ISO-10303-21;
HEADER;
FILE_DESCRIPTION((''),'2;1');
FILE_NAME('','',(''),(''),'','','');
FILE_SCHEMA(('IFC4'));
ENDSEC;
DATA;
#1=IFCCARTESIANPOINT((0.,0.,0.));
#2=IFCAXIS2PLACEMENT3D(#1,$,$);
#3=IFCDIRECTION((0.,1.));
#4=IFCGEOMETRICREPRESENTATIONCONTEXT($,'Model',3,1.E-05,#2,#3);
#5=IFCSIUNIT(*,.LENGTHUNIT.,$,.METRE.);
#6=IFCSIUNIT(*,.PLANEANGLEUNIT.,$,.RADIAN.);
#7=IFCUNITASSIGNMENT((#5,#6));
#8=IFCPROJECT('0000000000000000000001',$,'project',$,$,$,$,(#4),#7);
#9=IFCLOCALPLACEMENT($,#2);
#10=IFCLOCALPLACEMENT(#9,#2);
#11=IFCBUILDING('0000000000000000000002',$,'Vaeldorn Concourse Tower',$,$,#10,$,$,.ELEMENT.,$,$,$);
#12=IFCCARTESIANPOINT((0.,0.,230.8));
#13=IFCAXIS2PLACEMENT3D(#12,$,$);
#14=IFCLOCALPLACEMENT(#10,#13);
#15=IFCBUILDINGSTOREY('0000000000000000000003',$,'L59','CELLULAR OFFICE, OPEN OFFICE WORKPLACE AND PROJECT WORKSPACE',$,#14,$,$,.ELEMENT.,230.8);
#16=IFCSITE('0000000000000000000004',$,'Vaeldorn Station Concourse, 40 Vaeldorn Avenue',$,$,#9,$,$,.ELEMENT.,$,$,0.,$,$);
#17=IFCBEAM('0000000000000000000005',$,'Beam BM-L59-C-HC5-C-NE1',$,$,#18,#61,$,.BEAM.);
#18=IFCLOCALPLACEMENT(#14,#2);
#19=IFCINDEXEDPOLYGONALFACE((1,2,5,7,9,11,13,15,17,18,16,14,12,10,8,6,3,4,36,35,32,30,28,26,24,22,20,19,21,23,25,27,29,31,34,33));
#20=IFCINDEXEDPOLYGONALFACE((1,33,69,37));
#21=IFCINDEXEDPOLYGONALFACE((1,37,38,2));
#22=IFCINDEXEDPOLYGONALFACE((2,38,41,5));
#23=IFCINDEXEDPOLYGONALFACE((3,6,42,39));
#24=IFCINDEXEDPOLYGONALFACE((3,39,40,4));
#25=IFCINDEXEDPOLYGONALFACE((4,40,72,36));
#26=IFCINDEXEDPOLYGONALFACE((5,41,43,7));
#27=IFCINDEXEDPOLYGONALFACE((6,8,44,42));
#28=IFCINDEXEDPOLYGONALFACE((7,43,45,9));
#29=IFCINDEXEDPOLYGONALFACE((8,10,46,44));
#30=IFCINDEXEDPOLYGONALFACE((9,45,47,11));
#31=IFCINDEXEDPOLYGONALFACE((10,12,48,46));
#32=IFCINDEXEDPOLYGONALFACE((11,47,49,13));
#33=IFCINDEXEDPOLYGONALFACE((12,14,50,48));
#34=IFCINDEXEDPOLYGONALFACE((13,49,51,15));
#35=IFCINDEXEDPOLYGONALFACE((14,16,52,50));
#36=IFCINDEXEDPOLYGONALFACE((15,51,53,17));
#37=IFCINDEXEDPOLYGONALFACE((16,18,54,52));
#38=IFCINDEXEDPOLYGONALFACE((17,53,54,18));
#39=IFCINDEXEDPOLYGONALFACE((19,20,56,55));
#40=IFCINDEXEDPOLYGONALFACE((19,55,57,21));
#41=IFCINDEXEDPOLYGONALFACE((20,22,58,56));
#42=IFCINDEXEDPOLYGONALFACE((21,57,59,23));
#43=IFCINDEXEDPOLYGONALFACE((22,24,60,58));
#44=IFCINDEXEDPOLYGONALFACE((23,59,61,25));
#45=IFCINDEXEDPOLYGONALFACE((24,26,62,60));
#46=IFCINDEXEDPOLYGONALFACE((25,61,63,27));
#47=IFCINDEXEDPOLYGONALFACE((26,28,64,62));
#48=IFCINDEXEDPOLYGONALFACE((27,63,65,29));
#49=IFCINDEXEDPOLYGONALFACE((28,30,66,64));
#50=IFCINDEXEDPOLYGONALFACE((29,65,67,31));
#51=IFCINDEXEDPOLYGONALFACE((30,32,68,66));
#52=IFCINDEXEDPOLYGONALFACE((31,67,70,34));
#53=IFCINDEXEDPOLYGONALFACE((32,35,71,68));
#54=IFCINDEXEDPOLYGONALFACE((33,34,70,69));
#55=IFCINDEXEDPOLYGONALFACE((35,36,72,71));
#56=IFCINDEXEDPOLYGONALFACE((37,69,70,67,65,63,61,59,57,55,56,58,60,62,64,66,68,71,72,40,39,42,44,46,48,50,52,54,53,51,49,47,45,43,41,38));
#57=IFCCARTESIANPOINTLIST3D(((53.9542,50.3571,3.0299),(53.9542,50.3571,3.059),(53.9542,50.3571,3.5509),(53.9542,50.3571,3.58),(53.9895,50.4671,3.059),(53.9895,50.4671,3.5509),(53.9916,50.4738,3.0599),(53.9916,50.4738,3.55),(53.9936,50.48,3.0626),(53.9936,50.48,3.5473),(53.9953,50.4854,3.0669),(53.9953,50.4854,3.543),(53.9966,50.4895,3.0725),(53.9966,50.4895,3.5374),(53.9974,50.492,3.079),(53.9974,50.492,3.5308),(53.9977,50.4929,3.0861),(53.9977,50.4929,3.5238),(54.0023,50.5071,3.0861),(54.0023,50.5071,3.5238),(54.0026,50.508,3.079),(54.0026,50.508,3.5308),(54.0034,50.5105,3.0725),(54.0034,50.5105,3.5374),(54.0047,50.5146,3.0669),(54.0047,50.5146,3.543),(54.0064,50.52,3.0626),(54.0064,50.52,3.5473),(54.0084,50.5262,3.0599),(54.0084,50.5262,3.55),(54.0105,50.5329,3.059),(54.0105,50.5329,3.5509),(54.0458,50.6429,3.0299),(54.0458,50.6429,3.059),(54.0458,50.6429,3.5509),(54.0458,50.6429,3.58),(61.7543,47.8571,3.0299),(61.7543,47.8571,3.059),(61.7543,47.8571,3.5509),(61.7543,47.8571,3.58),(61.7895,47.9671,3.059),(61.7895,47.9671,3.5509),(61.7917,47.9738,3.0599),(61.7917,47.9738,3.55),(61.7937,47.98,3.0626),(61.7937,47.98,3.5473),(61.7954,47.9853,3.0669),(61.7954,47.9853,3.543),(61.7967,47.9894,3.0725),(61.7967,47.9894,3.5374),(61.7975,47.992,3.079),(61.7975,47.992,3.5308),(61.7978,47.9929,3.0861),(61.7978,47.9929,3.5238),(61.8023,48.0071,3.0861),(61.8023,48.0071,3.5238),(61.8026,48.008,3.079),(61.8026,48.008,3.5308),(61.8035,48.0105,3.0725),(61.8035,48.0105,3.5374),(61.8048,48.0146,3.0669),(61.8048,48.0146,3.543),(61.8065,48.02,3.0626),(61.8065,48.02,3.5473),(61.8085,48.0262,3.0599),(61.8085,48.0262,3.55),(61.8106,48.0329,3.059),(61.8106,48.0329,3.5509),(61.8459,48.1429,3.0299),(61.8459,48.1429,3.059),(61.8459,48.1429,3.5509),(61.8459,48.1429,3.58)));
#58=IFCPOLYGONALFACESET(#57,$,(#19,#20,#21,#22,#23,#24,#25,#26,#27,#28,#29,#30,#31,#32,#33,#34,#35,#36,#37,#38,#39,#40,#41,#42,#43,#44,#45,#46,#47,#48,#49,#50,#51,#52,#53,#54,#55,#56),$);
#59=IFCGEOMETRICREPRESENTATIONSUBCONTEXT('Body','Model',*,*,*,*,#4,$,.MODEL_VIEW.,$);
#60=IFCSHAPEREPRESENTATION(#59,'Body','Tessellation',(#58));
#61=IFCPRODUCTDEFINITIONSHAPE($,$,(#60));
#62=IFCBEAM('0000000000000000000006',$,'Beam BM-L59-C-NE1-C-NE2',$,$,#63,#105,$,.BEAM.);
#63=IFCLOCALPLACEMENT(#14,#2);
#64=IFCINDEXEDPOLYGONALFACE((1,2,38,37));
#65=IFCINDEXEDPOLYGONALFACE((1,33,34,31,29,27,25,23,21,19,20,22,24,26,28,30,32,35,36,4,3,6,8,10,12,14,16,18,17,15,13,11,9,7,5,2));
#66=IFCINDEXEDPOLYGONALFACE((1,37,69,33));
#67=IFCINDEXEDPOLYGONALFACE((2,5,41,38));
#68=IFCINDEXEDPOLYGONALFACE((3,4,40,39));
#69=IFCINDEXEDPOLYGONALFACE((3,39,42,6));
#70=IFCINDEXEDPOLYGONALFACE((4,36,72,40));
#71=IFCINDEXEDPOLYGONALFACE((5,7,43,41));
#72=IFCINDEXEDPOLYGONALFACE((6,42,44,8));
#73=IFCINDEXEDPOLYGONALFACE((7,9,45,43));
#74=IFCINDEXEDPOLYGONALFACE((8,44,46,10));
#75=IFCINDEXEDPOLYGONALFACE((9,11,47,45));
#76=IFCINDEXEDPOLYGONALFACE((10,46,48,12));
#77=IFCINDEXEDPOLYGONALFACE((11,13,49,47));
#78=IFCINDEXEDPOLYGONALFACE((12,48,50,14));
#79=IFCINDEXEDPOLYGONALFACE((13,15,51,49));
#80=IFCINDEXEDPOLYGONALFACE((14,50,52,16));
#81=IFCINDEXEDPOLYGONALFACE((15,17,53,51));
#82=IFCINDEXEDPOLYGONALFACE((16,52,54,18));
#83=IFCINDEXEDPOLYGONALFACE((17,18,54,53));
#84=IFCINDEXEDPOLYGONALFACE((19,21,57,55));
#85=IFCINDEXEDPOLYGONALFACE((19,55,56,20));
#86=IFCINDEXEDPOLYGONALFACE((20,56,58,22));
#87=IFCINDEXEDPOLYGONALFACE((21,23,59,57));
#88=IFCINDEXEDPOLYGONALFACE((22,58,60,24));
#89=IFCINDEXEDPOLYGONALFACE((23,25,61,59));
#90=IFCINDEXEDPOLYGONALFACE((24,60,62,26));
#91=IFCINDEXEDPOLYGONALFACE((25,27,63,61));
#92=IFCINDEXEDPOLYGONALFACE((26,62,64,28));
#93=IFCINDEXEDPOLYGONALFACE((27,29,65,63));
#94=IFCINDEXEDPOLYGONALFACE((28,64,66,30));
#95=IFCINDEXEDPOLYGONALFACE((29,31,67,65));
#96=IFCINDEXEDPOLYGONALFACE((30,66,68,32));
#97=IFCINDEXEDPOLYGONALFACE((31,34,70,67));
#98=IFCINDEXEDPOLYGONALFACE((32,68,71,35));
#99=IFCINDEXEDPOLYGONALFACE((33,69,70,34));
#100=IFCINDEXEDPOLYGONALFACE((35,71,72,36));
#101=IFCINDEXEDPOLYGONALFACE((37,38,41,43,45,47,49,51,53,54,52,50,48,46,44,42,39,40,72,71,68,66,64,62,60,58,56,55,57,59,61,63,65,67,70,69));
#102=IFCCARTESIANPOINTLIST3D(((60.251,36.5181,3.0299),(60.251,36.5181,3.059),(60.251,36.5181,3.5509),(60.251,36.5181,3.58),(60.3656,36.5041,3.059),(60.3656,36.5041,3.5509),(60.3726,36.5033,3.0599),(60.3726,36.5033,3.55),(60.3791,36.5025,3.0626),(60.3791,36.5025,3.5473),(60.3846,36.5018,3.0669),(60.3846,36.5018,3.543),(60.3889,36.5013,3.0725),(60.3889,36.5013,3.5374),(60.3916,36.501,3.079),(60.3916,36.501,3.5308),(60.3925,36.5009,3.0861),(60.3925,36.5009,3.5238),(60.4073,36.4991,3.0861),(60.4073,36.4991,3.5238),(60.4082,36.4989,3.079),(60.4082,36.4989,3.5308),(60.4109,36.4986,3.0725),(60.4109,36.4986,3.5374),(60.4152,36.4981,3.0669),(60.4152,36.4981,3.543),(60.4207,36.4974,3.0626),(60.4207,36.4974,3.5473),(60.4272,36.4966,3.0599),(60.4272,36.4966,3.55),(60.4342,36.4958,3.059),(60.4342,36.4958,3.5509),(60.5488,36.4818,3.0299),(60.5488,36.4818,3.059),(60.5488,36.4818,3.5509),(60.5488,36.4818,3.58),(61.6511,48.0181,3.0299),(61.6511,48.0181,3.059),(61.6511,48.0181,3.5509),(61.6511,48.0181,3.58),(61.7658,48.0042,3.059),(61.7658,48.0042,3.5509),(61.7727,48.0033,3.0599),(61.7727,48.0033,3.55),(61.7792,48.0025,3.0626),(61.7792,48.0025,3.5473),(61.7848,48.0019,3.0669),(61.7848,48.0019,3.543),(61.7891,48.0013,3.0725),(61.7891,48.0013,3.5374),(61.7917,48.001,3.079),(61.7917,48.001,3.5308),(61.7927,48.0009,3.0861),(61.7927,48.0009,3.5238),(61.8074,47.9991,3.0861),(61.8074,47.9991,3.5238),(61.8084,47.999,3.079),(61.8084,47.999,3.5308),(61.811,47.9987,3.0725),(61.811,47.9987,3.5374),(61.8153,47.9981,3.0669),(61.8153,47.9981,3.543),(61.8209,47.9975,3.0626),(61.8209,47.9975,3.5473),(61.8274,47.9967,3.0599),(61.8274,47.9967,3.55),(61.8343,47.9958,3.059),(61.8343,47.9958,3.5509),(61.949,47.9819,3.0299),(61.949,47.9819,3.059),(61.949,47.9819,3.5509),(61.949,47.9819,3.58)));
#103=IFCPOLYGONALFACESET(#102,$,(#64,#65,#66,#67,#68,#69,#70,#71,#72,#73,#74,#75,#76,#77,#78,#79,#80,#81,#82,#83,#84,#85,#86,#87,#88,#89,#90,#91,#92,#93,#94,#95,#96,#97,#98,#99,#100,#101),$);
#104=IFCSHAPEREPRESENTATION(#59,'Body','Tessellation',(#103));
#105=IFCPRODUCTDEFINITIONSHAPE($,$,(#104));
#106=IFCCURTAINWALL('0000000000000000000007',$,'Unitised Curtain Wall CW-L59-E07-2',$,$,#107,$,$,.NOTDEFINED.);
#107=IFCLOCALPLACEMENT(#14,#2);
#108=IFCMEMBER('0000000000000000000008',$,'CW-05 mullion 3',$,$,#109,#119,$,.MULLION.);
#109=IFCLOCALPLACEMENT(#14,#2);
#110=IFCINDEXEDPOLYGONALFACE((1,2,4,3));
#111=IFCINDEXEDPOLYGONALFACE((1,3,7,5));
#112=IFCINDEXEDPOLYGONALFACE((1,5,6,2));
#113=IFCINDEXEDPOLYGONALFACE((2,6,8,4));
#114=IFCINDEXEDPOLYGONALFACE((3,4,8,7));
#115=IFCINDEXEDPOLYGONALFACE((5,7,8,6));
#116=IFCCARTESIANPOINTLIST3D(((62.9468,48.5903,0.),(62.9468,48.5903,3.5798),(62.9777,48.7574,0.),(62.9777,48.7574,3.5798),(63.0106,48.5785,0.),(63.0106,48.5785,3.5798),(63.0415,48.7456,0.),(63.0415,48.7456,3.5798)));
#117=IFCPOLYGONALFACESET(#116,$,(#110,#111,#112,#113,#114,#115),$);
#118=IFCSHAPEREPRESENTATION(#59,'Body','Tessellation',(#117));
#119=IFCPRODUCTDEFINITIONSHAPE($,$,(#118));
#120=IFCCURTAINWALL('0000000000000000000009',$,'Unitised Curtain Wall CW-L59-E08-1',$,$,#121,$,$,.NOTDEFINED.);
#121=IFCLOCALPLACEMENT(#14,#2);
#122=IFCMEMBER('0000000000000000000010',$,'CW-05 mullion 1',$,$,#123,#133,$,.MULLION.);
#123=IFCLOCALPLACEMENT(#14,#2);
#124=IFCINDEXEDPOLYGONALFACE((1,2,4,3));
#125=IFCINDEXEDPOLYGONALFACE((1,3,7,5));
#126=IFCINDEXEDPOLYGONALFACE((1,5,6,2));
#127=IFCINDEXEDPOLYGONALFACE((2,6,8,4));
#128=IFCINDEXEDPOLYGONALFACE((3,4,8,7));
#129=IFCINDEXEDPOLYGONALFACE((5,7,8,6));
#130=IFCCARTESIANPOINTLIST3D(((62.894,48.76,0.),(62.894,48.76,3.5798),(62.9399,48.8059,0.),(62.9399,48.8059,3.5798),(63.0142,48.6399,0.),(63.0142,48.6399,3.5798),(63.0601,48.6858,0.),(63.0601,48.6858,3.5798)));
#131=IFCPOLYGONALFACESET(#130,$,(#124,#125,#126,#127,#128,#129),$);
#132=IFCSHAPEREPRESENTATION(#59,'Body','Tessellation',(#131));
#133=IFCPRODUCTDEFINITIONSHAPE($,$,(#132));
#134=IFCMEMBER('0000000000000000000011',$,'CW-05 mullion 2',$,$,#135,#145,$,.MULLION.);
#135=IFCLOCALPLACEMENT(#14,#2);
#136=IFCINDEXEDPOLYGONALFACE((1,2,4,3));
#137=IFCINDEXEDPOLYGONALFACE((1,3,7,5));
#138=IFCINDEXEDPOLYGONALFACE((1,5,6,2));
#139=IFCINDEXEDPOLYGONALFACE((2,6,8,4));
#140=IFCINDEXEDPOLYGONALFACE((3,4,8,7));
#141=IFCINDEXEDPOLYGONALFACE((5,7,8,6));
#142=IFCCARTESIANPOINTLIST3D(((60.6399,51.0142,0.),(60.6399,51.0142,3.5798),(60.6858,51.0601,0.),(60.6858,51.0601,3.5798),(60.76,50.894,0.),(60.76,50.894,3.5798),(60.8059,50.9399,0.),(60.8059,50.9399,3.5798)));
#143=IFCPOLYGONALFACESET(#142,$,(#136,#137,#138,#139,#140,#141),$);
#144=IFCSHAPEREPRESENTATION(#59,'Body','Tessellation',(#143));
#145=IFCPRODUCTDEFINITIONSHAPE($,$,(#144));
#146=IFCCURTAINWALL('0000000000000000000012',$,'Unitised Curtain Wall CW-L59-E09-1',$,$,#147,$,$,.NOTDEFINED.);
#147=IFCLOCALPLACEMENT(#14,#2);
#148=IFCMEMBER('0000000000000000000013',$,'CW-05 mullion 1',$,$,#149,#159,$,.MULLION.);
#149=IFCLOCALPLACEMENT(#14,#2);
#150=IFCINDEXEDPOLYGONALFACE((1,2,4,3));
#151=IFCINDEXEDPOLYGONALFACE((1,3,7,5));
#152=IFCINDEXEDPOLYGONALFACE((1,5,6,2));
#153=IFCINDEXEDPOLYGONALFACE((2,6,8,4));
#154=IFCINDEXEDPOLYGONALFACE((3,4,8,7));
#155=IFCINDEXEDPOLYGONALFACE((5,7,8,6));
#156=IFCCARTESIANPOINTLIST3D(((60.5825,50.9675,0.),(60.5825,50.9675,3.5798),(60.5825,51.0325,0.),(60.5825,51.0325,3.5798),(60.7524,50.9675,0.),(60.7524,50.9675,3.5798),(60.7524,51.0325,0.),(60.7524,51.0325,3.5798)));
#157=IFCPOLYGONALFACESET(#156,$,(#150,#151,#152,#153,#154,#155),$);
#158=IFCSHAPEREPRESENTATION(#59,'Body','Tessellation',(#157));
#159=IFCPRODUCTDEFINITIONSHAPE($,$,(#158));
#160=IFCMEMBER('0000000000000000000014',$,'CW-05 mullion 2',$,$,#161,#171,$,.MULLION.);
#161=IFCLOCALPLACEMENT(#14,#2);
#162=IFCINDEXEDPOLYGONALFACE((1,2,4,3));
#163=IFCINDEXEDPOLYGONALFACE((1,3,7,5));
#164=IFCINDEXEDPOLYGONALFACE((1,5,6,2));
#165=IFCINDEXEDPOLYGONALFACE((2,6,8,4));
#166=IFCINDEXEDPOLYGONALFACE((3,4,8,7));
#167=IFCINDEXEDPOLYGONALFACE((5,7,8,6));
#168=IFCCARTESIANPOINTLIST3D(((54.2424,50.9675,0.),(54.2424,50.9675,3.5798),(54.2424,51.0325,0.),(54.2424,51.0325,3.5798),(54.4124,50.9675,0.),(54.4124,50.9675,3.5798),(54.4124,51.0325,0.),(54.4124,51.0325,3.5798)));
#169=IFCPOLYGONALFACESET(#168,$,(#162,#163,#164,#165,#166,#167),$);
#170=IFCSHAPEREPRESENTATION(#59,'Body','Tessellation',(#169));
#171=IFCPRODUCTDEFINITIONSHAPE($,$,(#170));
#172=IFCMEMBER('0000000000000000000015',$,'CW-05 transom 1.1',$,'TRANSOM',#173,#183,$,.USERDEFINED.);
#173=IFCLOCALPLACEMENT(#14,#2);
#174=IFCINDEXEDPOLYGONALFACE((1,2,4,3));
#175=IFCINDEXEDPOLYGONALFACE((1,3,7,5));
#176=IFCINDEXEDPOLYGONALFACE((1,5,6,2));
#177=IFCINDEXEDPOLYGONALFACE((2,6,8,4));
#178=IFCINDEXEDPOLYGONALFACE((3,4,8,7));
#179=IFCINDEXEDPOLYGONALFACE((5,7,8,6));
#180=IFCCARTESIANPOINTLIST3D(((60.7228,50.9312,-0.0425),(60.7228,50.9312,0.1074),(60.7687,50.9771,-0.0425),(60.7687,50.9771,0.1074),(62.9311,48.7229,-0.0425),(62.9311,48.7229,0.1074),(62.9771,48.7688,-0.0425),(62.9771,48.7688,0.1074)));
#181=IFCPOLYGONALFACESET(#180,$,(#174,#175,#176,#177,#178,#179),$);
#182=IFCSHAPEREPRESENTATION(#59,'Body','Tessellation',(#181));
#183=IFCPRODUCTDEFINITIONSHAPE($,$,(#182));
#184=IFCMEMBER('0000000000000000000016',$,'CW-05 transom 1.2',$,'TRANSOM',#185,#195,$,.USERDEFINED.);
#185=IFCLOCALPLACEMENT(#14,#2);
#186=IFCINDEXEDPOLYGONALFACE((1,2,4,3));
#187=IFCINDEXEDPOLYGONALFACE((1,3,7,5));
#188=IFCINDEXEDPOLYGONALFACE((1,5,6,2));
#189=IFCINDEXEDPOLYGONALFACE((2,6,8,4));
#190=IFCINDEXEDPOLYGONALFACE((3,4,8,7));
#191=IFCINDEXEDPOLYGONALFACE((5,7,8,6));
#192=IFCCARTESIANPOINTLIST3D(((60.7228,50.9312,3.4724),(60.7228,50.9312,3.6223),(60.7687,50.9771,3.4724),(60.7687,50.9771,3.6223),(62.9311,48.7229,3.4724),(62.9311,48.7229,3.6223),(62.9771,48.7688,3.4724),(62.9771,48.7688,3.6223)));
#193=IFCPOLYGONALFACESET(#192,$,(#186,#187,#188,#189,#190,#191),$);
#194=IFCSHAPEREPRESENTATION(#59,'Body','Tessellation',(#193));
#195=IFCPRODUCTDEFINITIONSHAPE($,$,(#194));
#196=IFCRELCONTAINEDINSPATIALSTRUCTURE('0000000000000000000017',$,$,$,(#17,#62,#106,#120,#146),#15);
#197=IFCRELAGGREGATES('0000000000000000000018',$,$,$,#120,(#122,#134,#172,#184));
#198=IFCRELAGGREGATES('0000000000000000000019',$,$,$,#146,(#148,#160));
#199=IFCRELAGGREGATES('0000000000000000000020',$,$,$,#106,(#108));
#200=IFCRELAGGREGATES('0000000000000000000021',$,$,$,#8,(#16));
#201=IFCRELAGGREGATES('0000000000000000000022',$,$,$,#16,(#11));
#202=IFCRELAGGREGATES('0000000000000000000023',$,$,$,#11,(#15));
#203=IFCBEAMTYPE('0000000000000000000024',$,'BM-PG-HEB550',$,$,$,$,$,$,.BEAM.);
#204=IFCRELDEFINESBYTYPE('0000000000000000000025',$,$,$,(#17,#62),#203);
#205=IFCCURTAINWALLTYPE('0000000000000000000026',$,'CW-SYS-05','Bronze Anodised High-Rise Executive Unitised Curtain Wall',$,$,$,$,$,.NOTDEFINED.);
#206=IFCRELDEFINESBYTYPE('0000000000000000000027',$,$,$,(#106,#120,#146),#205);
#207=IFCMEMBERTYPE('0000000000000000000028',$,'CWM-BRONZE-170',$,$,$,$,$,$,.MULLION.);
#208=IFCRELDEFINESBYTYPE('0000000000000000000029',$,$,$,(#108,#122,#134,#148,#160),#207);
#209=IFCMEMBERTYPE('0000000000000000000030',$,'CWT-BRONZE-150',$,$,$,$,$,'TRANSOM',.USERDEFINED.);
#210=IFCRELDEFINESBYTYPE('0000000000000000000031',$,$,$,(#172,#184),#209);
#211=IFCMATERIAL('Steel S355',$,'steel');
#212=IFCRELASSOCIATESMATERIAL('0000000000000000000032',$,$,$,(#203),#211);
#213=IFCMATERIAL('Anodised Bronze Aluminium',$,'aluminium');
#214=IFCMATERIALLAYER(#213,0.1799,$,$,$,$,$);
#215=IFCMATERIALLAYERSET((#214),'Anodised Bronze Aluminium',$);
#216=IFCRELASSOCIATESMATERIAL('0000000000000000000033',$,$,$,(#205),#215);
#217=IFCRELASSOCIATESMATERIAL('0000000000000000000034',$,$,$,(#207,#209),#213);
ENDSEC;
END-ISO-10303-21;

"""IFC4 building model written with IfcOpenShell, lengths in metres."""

from ifc_helpers import new_model, si_unit, direction, frame, origin, origin_2d, place, context, subcontext, project, spatial, rectangle, i_section, extrude, source, transform, mapped, material, layer, layer_set, material_profile, profile_set, type_object, element, aggregate, save


model = new_model("IFC4")

# Units and contexts
model_context = context("Model", 3, precision=1e-05, world=origin(), true_north=direction((0.0, 1.0)))
body_context = subcontext(model_context, "Body", "Model", "MODEL_VIEW")
ifc_project = project(units=[si_unit("LENGTHUNIT", "METRE"), si_unit("PLANEANGLEUNIT", "RADIAN")], contexts=[model_context])

# Site, building, storey
site_placement = place(None, origin())
site = spatial("IfcSite", under=ifc_project, at=site_placement, Name="Vaeldorn Station Concourse, 40 Vaeldorn Avenue", CompositionType="ELEMENT", RefElevation=0.0)
building_placement = place(site_placement, origin())
building = spatial("IfcBuilding", under=site, at=building_placement, Name="Vaeldorn Concourse Tower", CompositionType="ELEMENT")
storey_placement = place(building_placement, frame((0.0, 0.0, 230.8)))
storey = spatial("IfcBuildingStorey", under=building, at=storey_placement, Name="L59", Description="CELLULAR OFFICE, OPEN OFFICE WORKPLACE AND PROJECT WORKSPACE", CompositionType="ELEMENT", Elevation=230.8)

# Shared definitions
ifc_material_1 = material(Name="Steel S355", Category="steel")

# Beams
ifc_material_profile_1 = material_profile(ifc_material_1, i_section(OverallWidth=0.3, OverallDepth=0.55, WebThickness=0.0149, FlangeThickness=0.0291, FilletRadius=0.0271, at=origin_2d()), Name="HEB 550")
ifc_profile_set_1 = profile_set([ifc_material_profile_1], Name="Steel S355")
beam_type_1 = type_object("IfcBeamType", Name="BM-PG-HEB550", PredefinedType="BEAM", material=ifc_profile_set_1)
shared_shape_1 = source(origin(), body_context, "Body", "SweptSolid", [
    extrude(i_section(OverallWidth=0.3, OverallDepth=0.55, WebThickness=0.0149, FlangeThickness=0.0291, FilletRadius=0.0271, at=origin_2d()), origin(), (0.0, 0.0, 1.0), 8.1909),
])
beam_1_placement = place(storey_placement, frame((54.0, 50.5, 3.3049), z_axis=(0.952283, -0.305217, 0.0), x_axis=(0.305217, 0.952283, 0.0)))
element("IfcBeam", 1, at=beam_1_placement, inside=storey, type_object=beam_type_1, Name="Beam BM-L59-C-HC5-C-NE1", PredefinedType="BEAM", context=body_context, shape_type="MappedRepresentation", body=[
    mapped(shared_shape_1, transform((0.0, 0.0, 0.0), scale=1.0)),
])
shared_shape_2 = source(origin(), body_context, "Body", "SweptSolid", [
    extrude(i_section(OverallWidth=0.3, OverallDepth=0.55, WebThickness=0.0149, FlangeThickness=0.0291, FilletRadius=0.0271, at=origin_2d()), origin(), (0.0, 0.0, 1.0), 11.585),
])
beam_2_placement = place(storey_placement, frame((61.8, 48.0, 3.3049), z_axis=(-0.120859, -0.99267, 0.0), x_axis=(0.99267, -0.120859, 0.0)))
element("IfcBeam", 2, at=beam_2_placement, inside=storey, type_object=beam_type_1, Name="Beam BM-L59-C-NE1-C-NE2", PredefinedType="BEAM", context=body_context, shape_type="MappedRepresentation", body=[
    mapped(shared_shape_2, transform((0.0, 0.0, 0.0), scale=1.0)),
])

# Curtain wall, member
ifc_material_2 = material(Name="Anodised Bronze Aluminium", Category="aluminium")
ifc_layer_1 = layer(ifc_material_2, 0.1799)
ifc_layer_set_1 = layer_set([ifc_layer_1], Name="Anodised Bronze Aluminium")
curtain_wall_type = type_object("IfcCurtainWallType", Name="CW-SYS-05", Description="Bronze Anodised High-Rise Executive Unitised Curtain Wall", PredefinedType="NOTDEFINED", material=ifc_layer_set_1)
curtain_wall_1_placement = place(storey_placement, origin())
curtain_wall_1 = element("IfcCurtainWall", 3, at=curtain_wall_1_placement, inside=storey, type_object=curtain_wall_type, Name="Unitised Curtain Wall CW-L59-E07-2", PredefinedType="NOTDEFINED")
ifc_material_profile_2 = material_profile(ifc_material_2, rectangle(XDim=0.0649, YDim=0.1699, at=origin_2d()), Name="CWM 65x170")
ifc_profile_set_2 = profile_set([ifc_material_profile_2], Name="Anodised Bronze Aluminium")
member_type_1 = type_object("IfcMemberType", Name="CWM-BRONZE-170", PredefinedType="MULLION", material=ifc_profile_set_2)
shared_shape_3 = source(origin(), body_context, "Body", "SweptSolid", [
    extrude(rectangle(XDim=0.0649, YDim=0.1699, at=origin_2d()), origin(), (0.0, 0.0, 1.0), 3.5798),
])
member_1_placement = place(storey_placement, frame((62.9941, 48.668, 0.0), z_axis=(0.0, 0.0, 1.0), x_axis=(-0.983319, 0.181888, 0.0)))
member_1 = element("IfcMember", 4, at=member_1_placement, type_object=member_type_1, Name="CW-05 mullion 3", PredefinedType="MULLION", context=body_context, shape_type="MappedRepresentation", body=[
    mapped(shared_shape_3, transform((0.0, 0.0, 0.0), scale=1.0)),
])

# Curtain walls, members
curtain_wall_2_placement = place(storey_placement, origin())
curtain_wall_2 = element("IfcCurtainWall", 5, at=curtain_wall_2_placement, inside=storey, type_object=curtain_wall_type, Name="Unitised Curtain Wall CW-L59-E08-1", PredefinedType="NOTDEFINED")
member_2_placement = place(storey_placement, frame((62.9771, 48.7229, 0.0), z_axis=(0.0, 0.0, 1.0), x_axis=(-0.707107, -0.707107, 0.0)))
member_2 = element("IfcMember", 6, at=member_2_placement, type_object=member_type_1, Name="CW-05 mullion 1", PredefinedType="MULLION", context=body_context, shape_type="MappedRepresentation", body=[
    mapped(shared_shape_3, transform((0.0, 0.0, 0.0), scale=1.0)),
])
member_3_placement = place(storey_placement, frame((60.7229, 50.9771, 0.0), z_axis=(0.0, 0.0, 1.0), x_axis=(-0.707107, -0.707107, 0.0)))
member_3 = element("IfcMember", 7, at=member_3_placement, type_object=member_type_1, Name="CW-05 mullion 2", PredefinedType="MULLION", context=body_context, shape_type="MappedRepresentation", body=[
    mapped(shared_shape_3, transform((0.0, 0.0, 0.0), scale=1.0)),
])
curtain_wall_3_placement = place(storey_placement, origin())
curtain_wall_3 = element("IfcCurtainWall", 8, at=curtain_wall_3_placement, inside=storey, type_object=curtain_wall_type, Name="Unitised Curtain Wall CW-L59-E09-1", PredefinedType="NOTDEFINED")
member_4_placement = place(storey_placement, frame((60.6675, 51.0, 0.0), z_axis=(0.0, 0.0, 1.0), x_axis=(0.0, -1.0, 0.0)))
member_4 = element("IfcMember", 9, at=member_4_placement, type_object=member_type_1, Name="CW-05 mullion 1", PredefinedType="MULLION", context=body_context, shape_type="MappedRepresentation", body=[
    mapped(shared_shape_3, transform((0.0, 0.0, 0.0), scale=1.0)),
])
member_5_placement = place(storey_placement, frame((54.3274, 51.0, 0.0), z_axis=(0.0, 0.0, 1.0), x_axis=(0.0, -1.0, 0.0)))
member_5 = element("IfcMember", 10, at=member_5_placement, type_object=member_type_1, Name="CW-05 mullion 2", PredefinedType="MULLION", context=body_context, shape_type="MappedRepresentation", body=[
    mapped(shared_shape_3, transform((0.0, 0.0, 0.0), scale=1.0)),
])

# Members
ifc_material_profile_3 = material_profile(ifc_material_2, rectangle(XDim=0.0649, YDim=0.1499, at=origin_2d()), Name="CWT 65x150")
ifc_profile_set_3 = profile_set([ifc_material_profile_3], Name="Anodised Bronze Aluminium")
member_type_2 = type_object("IfcMemberType", Name="CWT-BRONZE-150", ElementType="TRANSOM", PredefinedType="USERDEFINED", material=ifc_profile_set_3)
shared_shape_4 = source(origin(), body_context, "Body", "SweptSolid", [
    extrude(rectangle(XDim=0.0649, YDim=0.1499, at=origin_2d()), origin(), (0.0, 0.0, 1.0), 3.123),
])
member_6_placement = place(storey_placement, frame((62.9541, 48.7458, 0.0325), z_axis=(-0.707107, 0.707107, 0.0), x_axis=(-0.707107, -0.707107, 0.0)))
member_6 = element("IfcMember", 11, at=member_6_placement, type_object=member_type_2, Name="CW-05 transom 1.1", ObjectType="TRANSOM", PredefinedType="USERDEFINED", context=body_context, shape_type="MappedRepresentation", body=[
    mapped(shared_shape_4, transform((0.0, 0.0, 0.0), scale=1.0)),
])
member_7_placement = place(storey_placement, frame((62.9541, 48.7458, 3.5474), z_axis=(-0.707107, 0.707107, 0.0), x_axis=(-0.707107, -0.707107, 0.0)))
member_7 = element("IfcMember", 12, at=member_7_placement, type_object=member_type_2, Name="CW-05 transom 1.2", ObjectType="TRANSOM", PredefinedType="USERDEFINED", context=body_context, shape_type="MappedRepresentation", body=[
    mapped(shared_shape_4, transform((0.0, 0.0, 0.0), scale=1.0)),
])

aggregate(curtain_wall_2, [member_2, member_3, member_6, member_7])
aggregate(curtain_wall_3, [member_4, member_5])
aggregate(curtain_wall_1, [member_1])

save(model, "model.ifc")
